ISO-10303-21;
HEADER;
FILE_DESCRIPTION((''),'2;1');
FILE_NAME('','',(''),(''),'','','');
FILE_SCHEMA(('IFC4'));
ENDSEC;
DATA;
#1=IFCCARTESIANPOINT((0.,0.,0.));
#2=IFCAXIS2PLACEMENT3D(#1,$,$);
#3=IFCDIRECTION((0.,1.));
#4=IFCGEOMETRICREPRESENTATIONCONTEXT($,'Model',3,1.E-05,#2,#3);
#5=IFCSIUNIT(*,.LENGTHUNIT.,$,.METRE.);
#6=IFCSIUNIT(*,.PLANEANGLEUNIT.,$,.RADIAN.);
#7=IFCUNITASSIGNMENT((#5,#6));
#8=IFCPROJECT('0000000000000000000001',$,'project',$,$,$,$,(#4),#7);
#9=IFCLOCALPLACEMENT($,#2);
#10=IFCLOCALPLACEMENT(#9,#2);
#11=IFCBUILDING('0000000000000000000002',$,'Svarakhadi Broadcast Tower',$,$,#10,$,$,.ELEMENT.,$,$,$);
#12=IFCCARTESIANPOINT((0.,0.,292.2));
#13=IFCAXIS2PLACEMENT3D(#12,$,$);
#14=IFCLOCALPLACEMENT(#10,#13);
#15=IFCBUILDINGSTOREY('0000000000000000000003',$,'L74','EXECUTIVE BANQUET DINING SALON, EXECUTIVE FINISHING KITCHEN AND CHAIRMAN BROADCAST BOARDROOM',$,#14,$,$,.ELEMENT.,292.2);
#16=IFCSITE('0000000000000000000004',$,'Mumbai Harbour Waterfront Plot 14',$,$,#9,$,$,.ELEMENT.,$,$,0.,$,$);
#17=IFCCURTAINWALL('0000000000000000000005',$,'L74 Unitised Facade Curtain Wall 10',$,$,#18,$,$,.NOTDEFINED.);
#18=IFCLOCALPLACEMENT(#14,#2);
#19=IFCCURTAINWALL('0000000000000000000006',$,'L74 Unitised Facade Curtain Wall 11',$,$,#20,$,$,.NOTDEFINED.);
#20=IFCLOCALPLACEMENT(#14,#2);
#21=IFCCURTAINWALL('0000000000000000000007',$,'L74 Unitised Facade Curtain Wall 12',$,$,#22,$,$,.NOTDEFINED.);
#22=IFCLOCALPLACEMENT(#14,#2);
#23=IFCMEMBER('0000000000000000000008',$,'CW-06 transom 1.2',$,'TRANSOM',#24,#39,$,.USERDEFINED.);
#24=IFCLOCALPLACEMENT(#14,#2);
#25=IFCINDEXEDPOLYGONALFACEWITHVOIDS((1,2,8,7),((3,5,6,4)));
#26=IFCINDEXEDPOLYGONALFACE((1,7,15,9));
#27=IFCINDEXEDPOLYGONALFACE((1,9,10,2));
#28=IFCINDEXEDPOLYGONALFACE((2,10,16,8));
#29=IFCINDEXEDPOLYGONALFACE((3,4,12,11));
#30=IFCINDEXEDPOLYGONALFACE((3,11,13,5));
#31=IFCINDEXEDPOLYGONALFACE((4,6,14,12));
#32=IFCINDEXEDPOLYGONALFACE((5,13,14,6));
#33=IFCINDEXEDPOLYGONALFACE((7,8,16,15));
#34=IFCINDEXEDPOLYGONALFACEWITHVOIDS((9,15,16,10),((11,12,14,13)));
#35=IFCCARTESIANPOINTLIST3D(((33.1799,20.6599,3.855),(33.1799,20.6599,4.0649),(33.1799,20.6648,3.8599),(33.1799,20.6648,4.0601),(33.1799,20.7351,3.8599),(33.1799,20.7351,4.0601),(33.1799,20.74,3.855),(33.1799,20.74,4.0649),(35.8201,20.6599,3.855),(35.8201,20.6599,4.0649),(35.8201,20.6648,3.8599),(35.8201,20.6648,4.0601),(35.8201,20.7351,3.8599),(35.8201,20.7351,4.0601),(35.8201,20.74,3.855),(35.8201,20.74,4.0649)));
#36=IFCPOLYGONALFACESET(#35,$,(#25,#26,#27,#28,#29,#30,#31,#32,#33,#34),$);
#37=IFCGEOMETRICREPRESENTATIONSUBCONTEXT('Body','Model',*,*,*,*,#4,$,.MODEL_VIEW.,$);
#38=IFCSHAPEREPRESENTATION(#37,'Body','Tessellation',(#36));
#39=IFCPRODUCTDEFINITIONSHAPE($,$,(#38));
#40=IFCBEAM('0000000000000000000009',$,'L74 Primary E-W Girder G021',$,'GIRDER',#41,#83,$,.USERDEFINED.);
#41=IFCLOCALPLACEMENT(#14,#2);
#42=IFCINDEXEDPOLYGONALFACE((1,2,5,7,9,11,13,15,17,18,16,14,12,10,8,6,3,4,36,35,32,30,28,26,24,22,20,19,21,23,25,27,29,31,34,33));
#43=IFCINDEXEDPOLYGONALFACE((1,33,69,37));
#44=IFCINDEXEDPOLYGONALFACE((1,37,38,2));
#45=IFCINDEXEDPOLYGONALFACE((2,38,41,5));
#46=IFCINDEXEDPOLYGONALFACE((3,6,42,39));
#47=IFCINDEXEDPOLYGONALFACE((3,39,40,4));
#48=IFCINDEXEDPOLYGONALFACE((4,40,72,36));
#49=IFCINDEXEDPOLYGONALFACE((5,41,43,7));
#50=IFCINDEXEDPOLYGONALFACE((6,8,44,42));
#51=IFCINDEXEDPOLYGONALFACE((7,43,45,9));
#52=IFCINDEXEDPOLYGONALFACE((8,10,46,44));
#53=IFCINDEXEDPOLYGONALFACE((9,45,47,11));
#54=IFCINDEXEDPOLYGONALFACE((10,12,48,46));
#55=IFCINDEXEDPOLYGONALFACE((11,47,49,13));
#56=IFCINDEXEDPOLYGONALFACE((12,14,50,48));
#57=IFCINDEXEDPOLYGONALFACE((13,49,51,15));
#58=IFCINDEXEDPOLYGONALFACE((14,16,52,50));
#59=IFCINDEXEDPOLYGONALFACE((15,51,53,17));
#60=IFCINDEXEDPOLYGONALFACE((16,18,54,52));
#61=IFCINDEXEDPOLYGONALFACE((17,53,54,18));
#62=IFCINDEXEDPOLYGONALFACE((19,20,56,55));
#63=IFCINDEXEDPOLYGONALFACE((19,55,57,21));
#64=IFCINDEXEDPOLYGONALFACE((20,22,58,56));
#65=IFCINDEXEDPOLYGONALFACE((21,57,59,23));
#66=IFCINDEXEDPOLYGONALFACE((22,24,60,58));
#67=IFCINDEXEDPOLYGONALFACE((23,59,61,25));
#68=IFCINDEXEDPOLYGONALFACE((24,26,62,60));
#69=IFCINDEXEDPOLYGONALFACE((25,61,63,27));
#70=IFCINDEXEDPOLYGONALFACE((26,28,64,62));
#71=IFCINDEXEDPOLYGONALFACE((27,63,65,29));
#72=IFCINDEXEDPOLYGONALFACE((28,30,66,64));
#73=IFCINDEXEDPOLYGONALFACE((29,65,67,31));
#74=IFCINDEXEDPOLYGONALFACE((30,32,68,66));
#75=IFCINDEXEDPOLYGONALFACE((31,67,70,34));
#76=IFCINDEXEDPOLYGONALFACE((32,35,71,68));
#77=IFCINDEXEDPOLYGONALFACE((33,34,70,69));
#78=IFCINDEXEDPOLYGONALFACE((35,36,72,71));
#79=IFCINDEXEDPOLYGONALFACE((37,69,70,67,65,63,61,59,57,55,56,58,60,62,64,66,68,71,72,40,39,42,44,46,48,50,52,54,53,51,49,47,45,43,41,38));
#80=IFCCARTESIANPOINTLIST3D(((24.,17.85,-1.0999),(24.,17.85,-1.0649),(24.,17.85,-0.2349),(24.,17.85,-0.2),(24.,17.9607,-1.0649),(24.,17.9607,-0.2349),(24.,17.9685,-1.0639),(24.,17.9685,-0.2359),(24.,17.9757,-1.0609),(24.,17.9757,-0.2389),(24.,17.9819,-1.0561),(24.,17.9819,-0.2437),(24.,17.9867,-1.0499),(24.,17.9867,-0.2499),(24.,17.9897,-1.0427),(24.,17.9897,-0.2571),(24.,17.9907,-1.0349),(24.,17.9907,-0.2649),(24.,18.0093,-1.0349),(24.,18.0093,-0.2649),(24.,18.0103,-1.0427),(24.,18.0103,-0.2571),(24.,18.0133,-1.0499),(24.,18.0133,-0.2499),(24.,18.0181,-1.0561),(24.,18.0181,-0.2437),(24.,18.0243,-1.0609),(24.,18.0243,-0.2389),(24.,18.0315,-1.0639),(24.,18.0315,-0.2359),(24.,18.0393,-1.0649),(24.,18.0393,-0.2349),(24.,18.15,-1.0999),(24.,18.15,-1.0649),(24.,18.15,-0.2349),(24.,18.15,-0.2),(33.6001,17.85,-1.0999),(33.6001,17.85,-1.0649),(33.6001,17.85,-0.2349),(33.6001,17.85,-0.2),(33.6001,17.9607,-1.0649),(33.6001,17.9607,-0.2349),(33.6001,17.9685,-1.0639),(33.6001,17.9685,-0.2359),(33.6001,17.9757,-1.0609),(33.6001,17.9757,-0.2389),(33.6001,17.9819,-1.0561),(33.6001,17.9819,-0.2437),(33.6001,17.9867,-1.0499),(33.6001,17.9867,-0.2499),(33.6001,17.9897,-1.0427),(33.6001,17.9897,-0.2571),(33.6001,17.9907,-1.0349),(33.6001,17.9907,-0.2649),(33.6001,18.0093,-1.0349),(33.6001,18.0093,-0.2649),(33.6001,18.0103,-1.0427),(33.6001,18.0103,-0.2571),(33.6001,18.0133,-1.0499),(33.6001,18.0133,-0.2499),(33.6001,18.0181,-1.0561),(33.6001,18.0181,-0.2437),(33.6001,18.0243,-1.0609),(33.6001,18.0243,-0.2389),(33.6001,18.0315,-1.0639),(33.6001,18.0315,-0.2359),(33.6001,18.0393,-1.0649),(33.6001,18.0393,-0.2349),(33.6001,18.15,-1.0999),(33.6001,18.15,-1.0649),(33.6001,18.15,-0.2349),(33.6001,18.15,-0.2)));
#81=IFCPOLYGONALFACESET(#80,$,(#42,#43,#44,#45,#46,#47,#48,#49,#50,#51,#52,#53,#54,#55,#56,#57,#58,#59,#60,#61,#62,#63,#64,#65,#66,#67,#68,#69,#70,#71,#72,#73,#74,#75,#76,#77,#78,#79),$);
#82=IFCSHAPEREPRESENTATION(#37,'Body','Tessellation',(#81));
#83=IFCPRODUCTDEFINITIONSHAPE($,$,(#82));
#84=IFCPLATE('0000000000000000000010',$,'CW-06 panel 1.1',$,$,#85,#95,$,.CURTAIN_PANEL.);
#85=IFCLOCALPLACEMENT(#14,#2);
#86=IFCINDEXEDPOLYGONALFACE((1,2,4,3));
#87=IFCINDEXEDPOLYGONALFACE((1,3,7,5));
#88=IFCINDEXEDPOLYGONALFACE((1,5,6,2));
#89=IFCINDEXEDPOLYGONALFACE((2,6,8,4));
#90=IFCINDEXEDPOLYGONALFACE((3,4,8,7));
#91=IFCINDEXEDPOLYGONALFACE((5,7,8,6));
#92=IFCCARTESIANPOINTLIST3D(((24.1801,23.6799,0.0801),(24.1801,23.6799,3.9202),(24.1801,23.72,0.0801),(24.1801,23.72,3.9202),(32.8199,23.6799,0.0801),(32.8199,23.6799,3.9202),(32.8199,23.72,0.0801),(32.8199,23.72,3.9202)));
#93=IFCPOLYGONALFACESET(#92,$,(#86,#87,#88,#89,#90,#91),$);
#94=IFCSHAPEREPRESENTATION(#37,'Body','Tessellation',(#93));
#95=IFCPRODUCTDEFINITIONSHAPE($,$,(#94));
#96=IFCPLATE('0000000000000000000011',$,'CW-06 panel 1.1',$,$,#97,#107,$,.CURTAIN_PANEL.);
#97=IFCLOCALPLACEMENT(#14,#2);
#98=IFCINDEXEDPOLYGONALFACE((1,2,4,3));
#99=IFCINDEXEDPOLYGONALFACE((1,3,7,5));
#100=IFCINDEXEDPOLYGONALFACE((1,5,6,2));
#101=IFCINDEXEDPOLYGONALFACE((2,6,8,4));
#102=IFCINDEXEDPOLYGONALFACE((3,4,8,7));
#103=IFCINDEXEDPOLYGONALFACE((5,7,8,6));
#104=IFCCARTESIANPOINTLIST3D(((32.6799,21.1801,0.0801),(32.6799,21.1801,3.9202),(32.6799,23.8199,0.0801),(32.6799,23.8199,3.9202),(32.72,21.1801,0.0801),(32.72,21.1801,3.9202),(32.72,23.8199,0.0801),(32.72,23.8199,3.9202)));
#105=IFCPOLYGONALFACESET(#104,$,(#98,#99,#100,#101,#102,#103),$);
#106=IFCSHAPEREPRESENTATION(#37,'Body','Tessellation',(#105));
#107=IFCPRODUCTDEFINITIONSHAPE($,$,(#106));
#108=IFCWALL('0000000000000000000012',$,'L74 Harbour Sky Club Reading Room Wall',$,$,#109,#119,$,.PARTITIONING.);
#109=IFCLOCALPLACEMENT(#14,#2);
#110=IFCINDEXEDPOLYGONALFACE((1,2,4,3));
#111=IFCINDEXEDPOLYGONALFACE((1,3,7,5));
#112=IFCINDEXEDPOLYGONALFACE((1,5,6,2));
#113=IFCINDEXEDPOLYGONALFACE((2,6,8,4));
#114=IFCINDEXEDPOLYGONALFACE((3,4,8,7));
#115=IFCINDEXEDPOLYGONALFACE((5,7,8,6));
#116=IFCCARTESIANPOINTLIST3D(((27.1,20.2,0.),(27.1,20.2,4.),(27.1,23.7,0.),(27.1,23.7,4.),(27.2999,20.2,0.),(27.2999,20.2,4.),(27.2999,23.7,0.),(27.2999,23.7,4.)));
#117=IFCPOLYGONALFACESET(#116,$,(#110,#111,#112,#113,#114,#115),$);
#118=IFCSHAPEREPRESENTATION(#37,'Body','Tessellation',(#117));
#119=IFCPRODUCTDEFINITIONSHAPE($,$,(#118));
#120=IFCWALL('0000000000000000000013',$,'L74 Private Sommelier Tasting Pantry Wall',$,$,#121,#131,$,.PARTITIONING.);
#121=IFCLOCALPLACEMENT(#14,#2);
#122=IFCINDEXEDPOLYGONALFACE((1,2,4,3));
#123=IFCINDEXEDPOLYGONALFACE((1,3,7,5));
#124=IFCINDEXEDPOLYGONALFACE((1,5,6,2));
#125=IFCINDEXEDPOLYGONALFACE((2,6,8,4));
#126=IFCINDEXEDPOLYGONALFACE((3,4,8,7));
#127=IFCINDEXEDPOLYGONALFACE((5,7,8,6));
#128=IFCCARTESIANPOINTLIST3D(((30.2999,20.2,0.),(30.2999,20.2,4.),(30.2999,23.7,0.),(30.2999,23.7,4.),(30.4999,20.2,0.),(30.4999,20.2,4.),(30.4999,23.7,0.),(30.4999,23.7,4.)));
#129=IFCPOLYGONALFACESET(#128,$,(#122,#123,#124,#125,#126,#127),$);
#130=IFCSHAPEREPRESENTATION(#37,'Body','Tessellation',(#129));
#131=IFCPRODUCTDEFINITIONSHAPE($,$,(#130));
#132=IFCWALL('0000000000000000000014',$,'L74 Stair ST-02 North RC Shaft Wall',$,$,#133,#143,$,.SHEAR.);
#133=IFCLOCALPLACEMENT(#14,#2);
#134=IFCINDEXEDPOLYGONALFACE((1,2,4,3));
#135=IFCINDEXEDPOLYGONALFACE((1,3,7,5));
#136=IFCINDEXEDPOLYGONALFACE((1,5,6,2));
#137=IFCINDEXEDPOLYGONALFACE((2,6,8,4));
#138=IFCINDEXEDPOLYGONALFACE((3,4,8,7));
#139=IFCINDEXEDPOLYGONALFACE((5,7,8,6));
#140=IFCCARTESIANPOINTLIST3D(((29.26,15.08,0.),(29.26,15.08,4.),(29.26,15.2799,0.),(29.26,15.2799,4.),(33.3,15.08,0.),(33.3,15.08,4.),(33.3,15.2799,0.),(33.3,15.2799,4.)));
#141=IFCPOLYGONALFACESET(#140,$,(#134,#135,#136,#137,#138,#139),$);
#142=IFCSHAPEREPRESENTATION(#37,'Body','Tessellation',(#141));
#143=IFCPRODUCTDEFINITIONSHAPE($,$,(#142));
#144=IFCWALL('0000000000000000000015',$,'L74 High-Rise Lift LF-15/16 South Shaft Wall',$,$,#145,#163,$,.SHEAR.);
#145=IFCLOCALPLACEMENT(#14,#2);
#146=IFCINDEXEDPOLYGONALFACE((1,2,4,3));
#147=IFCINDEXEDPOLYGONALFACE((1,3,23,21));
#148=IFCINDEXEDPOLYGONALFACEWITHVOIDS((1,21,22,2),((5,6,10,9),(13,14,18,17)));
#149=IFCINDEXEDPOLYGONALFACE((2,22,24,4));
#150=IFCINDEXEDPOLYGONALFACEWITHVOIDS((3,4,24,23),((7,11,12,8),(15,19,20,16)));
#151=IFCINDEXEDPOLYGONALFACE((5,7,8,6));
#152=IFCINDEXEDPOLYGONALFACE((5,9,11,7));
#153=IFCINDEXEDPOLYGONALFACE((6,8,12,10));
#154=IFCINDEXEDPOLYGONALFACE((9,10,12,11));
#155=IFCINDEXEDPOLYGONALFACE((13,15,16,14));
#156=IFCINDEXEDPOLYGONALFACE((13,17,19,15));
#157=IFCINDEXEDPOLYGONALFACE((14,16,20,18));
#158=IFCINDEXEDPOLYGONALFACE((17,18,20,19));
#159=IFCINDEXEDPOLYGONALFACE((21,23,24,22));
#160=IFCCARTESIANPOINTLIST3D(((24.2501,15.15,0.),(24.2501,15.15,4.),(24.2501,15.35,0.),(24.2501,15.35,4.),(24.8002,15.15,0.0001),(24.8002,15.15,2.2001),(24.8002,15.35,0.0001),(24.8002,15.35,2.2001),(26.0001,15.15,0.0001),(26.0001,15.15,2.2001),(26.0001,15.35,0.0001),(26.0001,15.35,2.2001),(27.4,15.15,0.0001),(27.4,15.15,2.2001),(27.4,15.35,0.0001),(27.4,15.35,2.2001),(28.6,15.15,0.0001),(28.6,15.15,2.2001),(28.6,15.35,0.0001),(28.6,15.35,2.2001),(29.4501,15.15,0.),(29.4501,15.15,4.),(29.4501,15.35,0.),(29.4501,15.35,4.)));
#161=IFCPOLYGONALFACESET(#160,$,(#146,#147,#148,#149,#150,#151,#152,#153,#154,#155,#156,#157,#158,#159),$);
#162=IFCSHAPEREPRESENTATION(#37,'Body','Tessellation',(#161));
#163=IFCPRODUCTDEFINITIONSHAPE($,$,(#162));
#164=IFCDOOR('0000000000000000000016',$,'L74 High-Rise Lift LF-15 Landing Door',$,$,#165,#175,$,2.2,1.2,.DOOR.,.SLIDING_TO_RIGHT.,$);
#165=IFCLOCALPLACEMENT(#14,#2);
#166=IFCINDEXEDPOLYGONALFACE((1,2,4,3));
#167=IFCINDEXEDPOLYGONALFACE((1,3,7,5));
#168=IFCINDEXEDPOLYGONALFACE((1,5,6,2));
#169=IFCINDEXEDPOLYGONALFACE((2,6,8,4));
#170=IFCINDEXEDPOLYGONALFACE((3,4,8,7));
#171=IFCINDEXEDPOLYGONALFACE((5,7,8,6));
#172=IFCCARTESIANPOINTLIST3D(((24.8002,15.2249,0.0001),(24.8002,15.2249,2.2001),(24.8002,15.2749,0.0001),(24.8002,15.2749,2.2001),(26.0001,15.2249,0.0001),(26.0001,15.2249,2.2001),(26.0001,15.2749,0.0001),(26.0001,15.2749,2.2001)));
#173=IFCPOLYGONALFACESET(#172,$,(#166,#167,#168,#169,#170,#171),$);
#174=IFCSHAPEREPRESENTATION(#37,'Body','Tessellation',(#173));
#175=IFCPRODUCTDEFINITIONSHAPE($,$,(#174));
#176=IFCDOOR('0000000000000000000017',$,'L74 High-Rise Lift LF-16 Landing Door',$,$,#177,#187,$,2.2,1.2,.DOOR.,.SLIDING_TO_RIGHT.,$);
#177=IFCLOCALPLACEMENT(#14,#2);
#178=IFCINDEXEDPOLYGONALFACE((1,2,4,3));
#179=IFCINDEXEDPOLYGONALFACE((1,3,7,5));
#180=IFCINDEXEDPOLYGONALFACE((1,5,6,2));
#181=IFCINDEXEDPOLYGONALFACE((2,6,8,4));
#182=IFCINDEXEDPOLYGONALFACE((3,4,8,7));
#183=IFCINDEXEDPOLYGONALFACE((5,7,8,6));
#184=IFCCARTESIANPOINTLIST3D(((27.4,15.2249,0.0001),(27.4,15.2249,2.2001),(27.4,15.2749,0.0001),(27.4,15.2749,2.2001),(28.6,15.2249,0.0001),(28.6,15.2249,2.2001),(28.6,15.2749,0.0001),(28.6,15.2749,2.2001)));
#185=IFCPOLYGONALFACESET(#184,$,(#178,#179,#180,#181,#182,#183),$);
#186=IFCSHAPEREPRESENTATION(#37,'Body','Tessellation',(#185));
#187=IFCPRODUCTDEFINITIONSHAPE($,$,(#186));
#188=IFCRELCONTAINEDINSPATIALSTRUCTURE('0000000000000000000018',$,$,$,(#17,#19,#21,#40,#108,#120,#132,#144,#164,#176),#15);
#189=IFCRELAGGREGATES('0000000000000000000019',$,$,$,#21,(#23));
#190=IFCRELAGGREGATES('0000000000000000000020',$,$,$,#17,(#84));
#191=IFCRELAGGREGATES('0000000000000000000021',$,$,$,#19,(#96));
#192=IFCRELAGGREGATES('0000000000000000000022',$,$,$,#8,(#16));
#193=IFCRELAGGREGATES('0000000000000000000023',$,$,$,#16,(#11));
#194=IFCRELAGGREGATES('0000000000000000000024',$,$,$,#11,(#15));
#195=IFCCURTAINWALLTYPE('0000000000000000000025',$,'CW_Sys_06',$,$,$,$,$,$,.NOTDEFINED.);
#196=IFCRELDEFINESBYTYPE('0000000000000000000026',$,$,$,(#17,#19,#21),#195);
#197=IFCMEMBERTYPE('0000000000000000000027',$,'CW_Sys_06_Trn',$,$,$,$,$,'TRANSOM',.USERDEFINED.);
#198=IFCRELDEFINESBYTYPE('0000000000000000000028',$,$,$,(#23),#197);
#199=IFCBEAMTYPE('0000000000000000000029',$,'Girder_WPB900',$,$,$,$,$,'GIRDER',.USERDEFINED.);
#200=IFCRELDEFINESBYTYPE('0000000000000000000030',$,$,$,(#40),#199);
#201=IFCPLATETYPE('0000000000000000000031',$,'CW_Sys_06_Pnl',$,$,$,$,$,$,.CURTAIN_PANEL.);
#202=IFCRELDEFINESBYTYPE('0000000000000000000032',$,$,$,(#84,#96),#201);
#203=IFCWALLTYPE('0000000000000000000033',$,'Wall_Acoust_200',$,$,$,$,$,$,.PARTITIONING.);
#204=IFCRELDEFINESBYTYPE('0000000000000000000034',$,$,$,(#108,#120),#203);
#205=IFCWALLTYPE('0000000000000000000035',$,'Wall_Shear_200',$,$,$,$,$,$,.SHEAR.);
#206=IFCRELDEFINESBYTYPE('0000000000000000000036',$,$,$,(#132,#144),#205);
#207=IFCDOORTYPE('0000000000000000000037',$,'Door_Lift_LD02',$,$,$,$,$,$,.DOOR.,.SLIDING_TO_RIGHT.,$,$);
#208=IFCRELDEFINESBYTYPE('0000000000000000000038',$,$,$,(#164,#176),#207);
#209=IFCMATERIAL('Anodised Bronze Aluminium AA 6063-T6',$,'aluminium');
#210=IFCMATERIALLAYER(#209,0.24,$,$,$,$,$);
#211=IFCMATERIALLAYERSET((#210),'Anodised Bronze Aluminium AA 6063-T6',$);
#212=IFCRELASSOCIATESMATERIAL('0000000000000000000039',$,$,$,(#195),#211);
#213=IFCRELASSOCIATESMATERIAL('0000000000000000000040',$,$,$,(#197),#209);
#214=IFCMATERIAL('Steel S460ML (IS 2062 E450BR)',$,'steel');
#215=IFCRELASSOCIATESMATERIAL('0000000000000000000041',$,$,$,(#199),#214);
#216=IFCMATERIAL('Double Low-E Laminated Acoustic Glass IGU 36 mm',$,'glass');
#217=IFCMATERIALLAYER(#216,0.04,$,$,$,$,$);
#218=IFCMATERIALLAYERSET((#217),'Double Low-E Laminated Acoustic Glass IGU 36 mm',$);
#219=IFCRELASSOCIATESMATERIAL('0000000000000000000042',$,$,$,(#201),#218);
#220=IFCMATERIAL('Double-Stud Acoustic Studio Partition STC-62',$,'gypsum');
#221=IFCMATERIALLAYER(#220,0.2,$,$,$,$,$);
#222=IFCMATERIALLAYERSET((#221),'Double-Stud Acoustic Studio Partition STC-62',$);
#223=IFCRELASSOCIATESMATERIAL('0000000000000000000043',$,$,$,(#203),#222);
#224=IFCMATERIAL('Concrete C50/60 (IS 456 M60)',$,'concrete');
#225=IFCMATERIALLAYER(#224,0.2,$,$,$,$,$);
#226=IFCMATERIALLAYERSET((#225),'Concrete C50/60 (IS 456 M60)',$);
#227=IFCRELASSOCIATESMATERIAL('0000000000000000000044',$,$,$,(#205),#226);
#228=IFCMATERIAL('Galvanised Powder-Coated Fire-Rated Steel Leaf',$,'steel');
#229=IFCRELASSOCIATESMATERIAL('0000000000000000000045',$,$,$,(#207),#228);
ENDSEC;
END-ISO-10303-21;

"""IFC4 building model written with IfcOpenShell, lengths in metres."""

from ifc_helpers import new_model, si_unit, direction, frame, frame_2d, origin, origin_2d, place, context, subcontext, project, spatial, rectangle, hollow_rectangle, i_section, extrude, material, layer, layer_set, material_profile, profile_set, type_object, element, fill, aggregate, save


model = new_model("IFC4")

# Units and contexts
model_context = context("Model", 3, precision=1e-05, world=origin(), true_north=direction((0.0, 1.0)))
body_context = subcontext(model_context, "Body", "Model", "MODEL_VIEW")
ifc_project = project(units=[si_unit("LENGTHUNIT", "METRE"), si_unit("PLANEANGLEUNIT", "RADIAN")], contexts=[model_context])

# Site, building, storey
site_placement = place(None, origin())
site = spatial("IfcSite", under=ifc_project, at=site_placement, Name="Mumbai Harbour Waterfront Plot 14", CompositionType="ELEMENT", RefElevation=0.0)
building_placement = place(site_placement, origin())
building = spatial("IfcBuilding", under=site, at=building_placement, Name="Svarakhadi Broadcast Tower", CompositionType="ELEMENT")
storey_placement = place(building_placement, frame((0.0, 0.0, 292.2)))
storey = spatial("IfcBuildingStorey", under=building, at=storey_placement, Name="L74", Description="EXECUTIVE BANQUET DINING SALON, EXECUTIVE FINISHING KITCHEN AND CHAIRMAN BROADCAST BOARDROOM", CompositionType="ELEMENT", Elevation=292.2)

# Shared definitions
ifc_material_1 = material(Name="Concrete C50/60 (IS 456 M60)", Category="concrete")

# Curtain walls
ifc_material_2 = material(Name="Anodised Bronze Aluminium AA 6063-T6", Category="aluminium")
ifc_layer_1 = layer(ifc_material_2, 0.24)
ifc_layer_set_1 = layer_set([ifc_layer_1], Name="Anodised Bronze Aluminium AA 6063-T6")
curtain_wall_type = type_object("IfcCurtainWallType", Name="CW_Sys_06", PredefinedType="NOTDEFINED", material=ifc_layer_set_1)
curtain_wall_1_placement = place(storey_placement, origin())
curtain_wall_1 = element("IfcCurtainWall", 1, at=curtain_wall_1_placement, inside=storey, type_object=curtain_wall_type, Name="L74 Unitised Facade Curtain Wall 10", PredefinedType="NOTDEFINED")
curtain_wall_2_placement = place(storey_placement, origin())
curtain_wall_2 = element("IfcCurtainWall", 2, at=curtain_wall_2_placement, inside=storey, type_object=curtain_wall_type, Name="L74 Unitised Facade Curtain Wall 11", PredefinedType="NOTDEFINED")

# Curtain wall
curtain_wall_3_placement = place(storey_placement, origin())
curtain_wall_3 = element("IfcCurtainWall", 3, at=curtain_wall_3_placement, inside=storey, type_object=curtain_wall_type, Name="L74 Unitised Facade Curtain Wall 12", PredefinedType="NOTDEFINED")

# Member
ifc_material_profile_1 = material_profile(ifc_material_2, hollow_rectangle(XDim=0.0801, YDim=0.21, WallThickness=0.0049, at=origin_2d()), Name="ALU TRANSOM 210x80x5")
ifc_profile_set_1 = profile_set([ifc_material_profile_1], Name="Anodised Bronze Aluminium AA 6063-T6")
member_type_1 = type_object("IfcMemberType", Name="CW_Sys_06_Trn", ElementType="TRANSOM", PredefinedType="USERDEFINED", material=ifc_profile_set_1)
member_1_placement = place(storey_placement, frame((33.1799, 20.7, 3.96), z_axis=(1.0, 0.0, 0.0), x_axis=(0.0, 1.0, 0.0)))
member_1 = element("IfcMember", 4, at=member_1_placement, type_object=member_type_1, Name="CW-06 transom 1.2", ObjectType="TRANSOM", PredefinedType="USERDEFINED", context=body_context, shape_type="SweptSolid", body=[
    extrude(hollow_rectangle(XDim=0.0801, YDim=0.21, WallThickness=0.0049, at=origin_2d()), origin(), (0.0, 0.0, 1.0), 2.6401),
])
aggregate(curtain_wall_3, [member_1])

# Beam
ifc_material_3 = material(Name="Steel S460ML (IS 2062 E450BR)", Category="steel")
ifc_material_profile_2 = material_profile(ifc_material_3, i_section(OverallWidth=0.3, OverallDepth=0.8999, WebThickness=0.0186, FlangeThickness=0.0349, FilletRadius=0.03, at=origin_2d()), Name="WPB 900x300x291")
ifc_profile_set_2 = profile_set([ifc_material_profile_2], Name="Steel S460ML (IS 2062 E450BR)")
beam_type = type_object("IfcBeamType", Name="Girder_WPB900", ElementType="GIRDER", PredefinedType="USERDEFINED", material=ifc_profile_set_2)
beam_placement = place(storey_placement, frame((24.0, 18.0, -0.6499), z_axis=(1.0, 0.0, 0.0), x_axis=(0.0, 1.0, 0.0)))
element("IfcBeam", 5, at=beam_placement, inside=storey, type_object=beam_type, Name="L74 Primary E-W Girder G021", ObjectType="GIRDER", PredefinedType="USERDEFINED", context=body_context, shape_type="SweptSolid", body=[
    extrude(i_section(OverallWidth=0.3, OverallDepth=0.8999, WebThickness=0.0186, FlangeThickness=0.0349, FilletRadius=0.03, at=origin_2d()), origin(), (0.0, 0.0, 1.0), 9.6001),
])

# Plates
ifc_material_4 = material(Name="Double Low-E Laminated Acoustic Glass IGU 36 mm", Category="glass")
ifc_layer_2 = layer(ifc_material_4, 0.04)
ifc_layer_set_2 = layer_set([ifc_layer_2], Name="Double Low-E Laminated Acoustic Glass IGU 36 mm")
plate_type = type_object("IfcPlateType", Name="CW_Sys_06_Pnl", PredefinedType="CURTAIN_PANEL", material=ifc_layer_set_2)
plate_1_placement = place(storey_placement, frame((28.5, 23.7, 0.0801), z_axis=(0.0, 0.0, 1.0), x_axis=(1.0, 0.0, 0.0)))
plate_1 = element("IfcPlate", 6, at=plate_1_placement, type_object=plate_type, Name="CW-06 panel 1.1", PredefinedType="CURTAIN_PANEL", context=body_context, shape_type="SweptSolid", body=[
    extrude(rectangle(XDim=8.6399, YDim=0.04, at=origin_2d()), origin(), (0.0, 0.0, 1.0), 3.8401),
])
aggregate(curtain_wall_1, [plate_1])
plate_2_placement = place(storey_placement, frame((32.7, 22.5, 0.0801), z_axis=(0.0, 0.0, 1.0), x_axis=(0.0, -1.0, 0.0)))
plate_2 = element("IfcPlate", 7, at=plate_2_placement, type_object=plate_type, Name="CW-06 panel 1.1", PredefinedType="CURTAIN_PANEL", context=body_context, shape_type="SweptSolid", body=[
    extrude(rectangle(XDim=2.6399, YDim=0.04, at=origin_2d()), origin(), (0.0, 0.0, 1.0), 3.8401),
])
aggregate(curtain_wall_2, [plate_2])

# Walls
ifc_material_5 = material(Name="Double-Stud Acoustic Studio Partition STC-62", Category="gypsum")
ifc_layer_3 = layer(ifc_material_5, 0.2)
ifc_layer_set_3 = layer_set([ifc_layer_3], Name="Double-Stud Acoustic Studio Partition STC-62")
wall_type_1 = type_object("IfcWallType", Name="Wall_Acoust_200", PredefinedType="PARTITIONING", material=ifc_layer_set_3)
for number, where, z_axis, x_axis, name in (
    (8, (27.2, 20.2, 0.0), (0.0, 0.0, 1.0), (0.0, 1.0, 0.0), "L74 Harbour Sky Club Reading Room Wall"),
    (9, (30.3999, 20.2, 0.0), (0.0, 0.0, 1.0), (0.0, 1.0, 0.0), "L74 Private Sommelier Tasting Pantry Wall"),
):
    element("IfcWall", number, at=place(storey_placement, frame(where, z_axis=z_axis, x_axis=x_axis)), inside=storey, type_object=wall_type_1, Name=name, PredefinedType="PARTITIONING", context=body_context, shape_type="SweptSolid", body=[
        extrude(rectangle(XDim=3.5, YDim=0.2, at=frame_2d((1.75, 0.0))), origin(), (0.0, 0.0, 1.0), 4.0),
    ])
ifc_layer_4 = layer(ifc_material_1, 0.2)
ifc_layer_set_4 = layer_set([ifc_layer_4], Name="Concrete C50/60 (IS 456 M60)")
wall_type_2 = type_object("IfcWallType", Name="Wall_Shear_200", PredefinedType="SHEAR", material=ifc_layer_set_4)
wall_1_placement = place(storey_placement, frame((29.26, 15.1799, 0.0), z_axis=(0.0, 0.0, 1.0), x_axis=(1.0, 0.0, 0.0)))
element("IfcWall", 10, at=wall_1_placement, inside=storey, type_object=wall_type_2, Name="L74 Stair ST-02 North RC Shaft Wall", PredefinedType="SHEAR", context=body_context, shape_type="SweptSolid", body=[
    extrude(rectangle(XDim=4.04, YDim=0.2, at=frame_2d((2.02, 0.0))), origin(), (0.0, 0.0, 1.0), 4.0),
])

# Shared definitions
ifc_material_6 = material(Name="Galvanised Powder-Coated Fire-Rated Steel Leaf", Category="steel")

# Wall, openings, doors
wall_2_placement = place(storey_placement, frame((24.25, 15.25, 0.0), z_axis=(0.0, 0.0, 1.0), x_axis=(1.0, 0.0, 0.0)))
wall_2 = element("IfcWall", 11, at=wall_2_placement, inside=storey, type_object=wall_type_2, Name="L74 High-Rise Lift LF-15/16 South Shaft Wall", PredefinedType="SHEAR", context=body_context, shape_type="SweptSolid", body=[
    extrude(rectangle(XDim=5.2, YDim=0.2, at=frame_2d((2.6001, 0.0))), origin(), (0.0, 0.0, 1.0), 4.0),
])
opening_1_placement = place(wall_2_placement, frame((0.55, 0.0, 0.0)))
opening_1 = element("IfcOpeningElement", 12, at=opening_1_placement, cuts=wall_2, PredefinedType="OPENING", context=body_context, shape_type="SweptSolid", body=[
    extrude(rectangle(XDim=1.2, YDim=2.2, at=frame_2d((0.6001, 1.1001))), frame((0.0, 0.1099, 0.0), z_axis=(0.0, -1.0, 0.0), x_axis=(1.0, 0.0, 0.0)), (0.0, 0.0, 1.0), 0.22),
])
opening_2_placement = place(wall_2_placement, frame((3.1499, 0.0, 0.0)))
opening_2 = element("IfcOpeningElement", 13, at=opening_2_placement, cuts=wall_2, PredefinedType="OPENING", context=body_context, shape_type="SweptSolid", body=[
    extrude(rectangle(XDim=1.2, YDim=2.2, at=frame_2d((0.6001, 1.1001))), frame((0.0, 0.1099, 0.0), z_axis=(0.0, -1.0, 0.0), x_axis=(1.0, 0.0, 0.0)), (0.0, 0.0, 1.0), 0.22),
])
door_type_1 = type_object("IfcDoorType", Name="Door_Lift_LD02", OperationType="SLIDING_TO_RIGHT", PredefinedType="DOOR", material=ifc_material_6)
door_1_placement = place(opening_1_placement, origin())
door_1 = element("IfcDoor", 14, at=door_1_placement, inside=storey, type_object=door_type_1, Name="L74 High-Rise Lift LF-15 Landing Door", OperationType="SLIDING_TO_RIGHT", OverallHeight=2.2, OverallWidth=1.2, PredefinedType="DOOR", context=body_context, shape_type="SweptSolid", body=[
    extrude(rectangle(XDim=1.2, YDim=2.2, at=frame_2d((0.6001, 1.1001))), frame((0.0, 0.0249, 0.0), z_axis=(0.0, -1.0, 0.0), x_axis=(1.0, 0.0, 0.0)), (0.0, 0.0, 1.0), 0.05),
])
fill(opening_1, door_1)
door_2_placement = place(opening_2_placement, origin())
door_2 = element("IfcDoor", 15, at=door_2_placement, inside=storey, type_object=door_type_1, Name="L74 High-Rise Lift LF-16 Landing Door", OperationType="SLIDING_TO_RIGHT", OverallHeight=2.2, OverallWidth=1.2, PredefinedType="DOOR", context=body_context, shape_type="SweptSolid", body=[
    extrude(rectangle(XDim=1.2, YDim=2.2, at=frame_2d((0.6001, 1.1001))), frame((0.0, 0.0249, 0.0), z_axis=(0.0, -1.0, 0.0), x_axis=(1.0, 0.0, 0.0)), (0.0, 0.0, 1.0), 0.05),
])
fill(opening_2, door_2)

save(model, "model.ifc")
